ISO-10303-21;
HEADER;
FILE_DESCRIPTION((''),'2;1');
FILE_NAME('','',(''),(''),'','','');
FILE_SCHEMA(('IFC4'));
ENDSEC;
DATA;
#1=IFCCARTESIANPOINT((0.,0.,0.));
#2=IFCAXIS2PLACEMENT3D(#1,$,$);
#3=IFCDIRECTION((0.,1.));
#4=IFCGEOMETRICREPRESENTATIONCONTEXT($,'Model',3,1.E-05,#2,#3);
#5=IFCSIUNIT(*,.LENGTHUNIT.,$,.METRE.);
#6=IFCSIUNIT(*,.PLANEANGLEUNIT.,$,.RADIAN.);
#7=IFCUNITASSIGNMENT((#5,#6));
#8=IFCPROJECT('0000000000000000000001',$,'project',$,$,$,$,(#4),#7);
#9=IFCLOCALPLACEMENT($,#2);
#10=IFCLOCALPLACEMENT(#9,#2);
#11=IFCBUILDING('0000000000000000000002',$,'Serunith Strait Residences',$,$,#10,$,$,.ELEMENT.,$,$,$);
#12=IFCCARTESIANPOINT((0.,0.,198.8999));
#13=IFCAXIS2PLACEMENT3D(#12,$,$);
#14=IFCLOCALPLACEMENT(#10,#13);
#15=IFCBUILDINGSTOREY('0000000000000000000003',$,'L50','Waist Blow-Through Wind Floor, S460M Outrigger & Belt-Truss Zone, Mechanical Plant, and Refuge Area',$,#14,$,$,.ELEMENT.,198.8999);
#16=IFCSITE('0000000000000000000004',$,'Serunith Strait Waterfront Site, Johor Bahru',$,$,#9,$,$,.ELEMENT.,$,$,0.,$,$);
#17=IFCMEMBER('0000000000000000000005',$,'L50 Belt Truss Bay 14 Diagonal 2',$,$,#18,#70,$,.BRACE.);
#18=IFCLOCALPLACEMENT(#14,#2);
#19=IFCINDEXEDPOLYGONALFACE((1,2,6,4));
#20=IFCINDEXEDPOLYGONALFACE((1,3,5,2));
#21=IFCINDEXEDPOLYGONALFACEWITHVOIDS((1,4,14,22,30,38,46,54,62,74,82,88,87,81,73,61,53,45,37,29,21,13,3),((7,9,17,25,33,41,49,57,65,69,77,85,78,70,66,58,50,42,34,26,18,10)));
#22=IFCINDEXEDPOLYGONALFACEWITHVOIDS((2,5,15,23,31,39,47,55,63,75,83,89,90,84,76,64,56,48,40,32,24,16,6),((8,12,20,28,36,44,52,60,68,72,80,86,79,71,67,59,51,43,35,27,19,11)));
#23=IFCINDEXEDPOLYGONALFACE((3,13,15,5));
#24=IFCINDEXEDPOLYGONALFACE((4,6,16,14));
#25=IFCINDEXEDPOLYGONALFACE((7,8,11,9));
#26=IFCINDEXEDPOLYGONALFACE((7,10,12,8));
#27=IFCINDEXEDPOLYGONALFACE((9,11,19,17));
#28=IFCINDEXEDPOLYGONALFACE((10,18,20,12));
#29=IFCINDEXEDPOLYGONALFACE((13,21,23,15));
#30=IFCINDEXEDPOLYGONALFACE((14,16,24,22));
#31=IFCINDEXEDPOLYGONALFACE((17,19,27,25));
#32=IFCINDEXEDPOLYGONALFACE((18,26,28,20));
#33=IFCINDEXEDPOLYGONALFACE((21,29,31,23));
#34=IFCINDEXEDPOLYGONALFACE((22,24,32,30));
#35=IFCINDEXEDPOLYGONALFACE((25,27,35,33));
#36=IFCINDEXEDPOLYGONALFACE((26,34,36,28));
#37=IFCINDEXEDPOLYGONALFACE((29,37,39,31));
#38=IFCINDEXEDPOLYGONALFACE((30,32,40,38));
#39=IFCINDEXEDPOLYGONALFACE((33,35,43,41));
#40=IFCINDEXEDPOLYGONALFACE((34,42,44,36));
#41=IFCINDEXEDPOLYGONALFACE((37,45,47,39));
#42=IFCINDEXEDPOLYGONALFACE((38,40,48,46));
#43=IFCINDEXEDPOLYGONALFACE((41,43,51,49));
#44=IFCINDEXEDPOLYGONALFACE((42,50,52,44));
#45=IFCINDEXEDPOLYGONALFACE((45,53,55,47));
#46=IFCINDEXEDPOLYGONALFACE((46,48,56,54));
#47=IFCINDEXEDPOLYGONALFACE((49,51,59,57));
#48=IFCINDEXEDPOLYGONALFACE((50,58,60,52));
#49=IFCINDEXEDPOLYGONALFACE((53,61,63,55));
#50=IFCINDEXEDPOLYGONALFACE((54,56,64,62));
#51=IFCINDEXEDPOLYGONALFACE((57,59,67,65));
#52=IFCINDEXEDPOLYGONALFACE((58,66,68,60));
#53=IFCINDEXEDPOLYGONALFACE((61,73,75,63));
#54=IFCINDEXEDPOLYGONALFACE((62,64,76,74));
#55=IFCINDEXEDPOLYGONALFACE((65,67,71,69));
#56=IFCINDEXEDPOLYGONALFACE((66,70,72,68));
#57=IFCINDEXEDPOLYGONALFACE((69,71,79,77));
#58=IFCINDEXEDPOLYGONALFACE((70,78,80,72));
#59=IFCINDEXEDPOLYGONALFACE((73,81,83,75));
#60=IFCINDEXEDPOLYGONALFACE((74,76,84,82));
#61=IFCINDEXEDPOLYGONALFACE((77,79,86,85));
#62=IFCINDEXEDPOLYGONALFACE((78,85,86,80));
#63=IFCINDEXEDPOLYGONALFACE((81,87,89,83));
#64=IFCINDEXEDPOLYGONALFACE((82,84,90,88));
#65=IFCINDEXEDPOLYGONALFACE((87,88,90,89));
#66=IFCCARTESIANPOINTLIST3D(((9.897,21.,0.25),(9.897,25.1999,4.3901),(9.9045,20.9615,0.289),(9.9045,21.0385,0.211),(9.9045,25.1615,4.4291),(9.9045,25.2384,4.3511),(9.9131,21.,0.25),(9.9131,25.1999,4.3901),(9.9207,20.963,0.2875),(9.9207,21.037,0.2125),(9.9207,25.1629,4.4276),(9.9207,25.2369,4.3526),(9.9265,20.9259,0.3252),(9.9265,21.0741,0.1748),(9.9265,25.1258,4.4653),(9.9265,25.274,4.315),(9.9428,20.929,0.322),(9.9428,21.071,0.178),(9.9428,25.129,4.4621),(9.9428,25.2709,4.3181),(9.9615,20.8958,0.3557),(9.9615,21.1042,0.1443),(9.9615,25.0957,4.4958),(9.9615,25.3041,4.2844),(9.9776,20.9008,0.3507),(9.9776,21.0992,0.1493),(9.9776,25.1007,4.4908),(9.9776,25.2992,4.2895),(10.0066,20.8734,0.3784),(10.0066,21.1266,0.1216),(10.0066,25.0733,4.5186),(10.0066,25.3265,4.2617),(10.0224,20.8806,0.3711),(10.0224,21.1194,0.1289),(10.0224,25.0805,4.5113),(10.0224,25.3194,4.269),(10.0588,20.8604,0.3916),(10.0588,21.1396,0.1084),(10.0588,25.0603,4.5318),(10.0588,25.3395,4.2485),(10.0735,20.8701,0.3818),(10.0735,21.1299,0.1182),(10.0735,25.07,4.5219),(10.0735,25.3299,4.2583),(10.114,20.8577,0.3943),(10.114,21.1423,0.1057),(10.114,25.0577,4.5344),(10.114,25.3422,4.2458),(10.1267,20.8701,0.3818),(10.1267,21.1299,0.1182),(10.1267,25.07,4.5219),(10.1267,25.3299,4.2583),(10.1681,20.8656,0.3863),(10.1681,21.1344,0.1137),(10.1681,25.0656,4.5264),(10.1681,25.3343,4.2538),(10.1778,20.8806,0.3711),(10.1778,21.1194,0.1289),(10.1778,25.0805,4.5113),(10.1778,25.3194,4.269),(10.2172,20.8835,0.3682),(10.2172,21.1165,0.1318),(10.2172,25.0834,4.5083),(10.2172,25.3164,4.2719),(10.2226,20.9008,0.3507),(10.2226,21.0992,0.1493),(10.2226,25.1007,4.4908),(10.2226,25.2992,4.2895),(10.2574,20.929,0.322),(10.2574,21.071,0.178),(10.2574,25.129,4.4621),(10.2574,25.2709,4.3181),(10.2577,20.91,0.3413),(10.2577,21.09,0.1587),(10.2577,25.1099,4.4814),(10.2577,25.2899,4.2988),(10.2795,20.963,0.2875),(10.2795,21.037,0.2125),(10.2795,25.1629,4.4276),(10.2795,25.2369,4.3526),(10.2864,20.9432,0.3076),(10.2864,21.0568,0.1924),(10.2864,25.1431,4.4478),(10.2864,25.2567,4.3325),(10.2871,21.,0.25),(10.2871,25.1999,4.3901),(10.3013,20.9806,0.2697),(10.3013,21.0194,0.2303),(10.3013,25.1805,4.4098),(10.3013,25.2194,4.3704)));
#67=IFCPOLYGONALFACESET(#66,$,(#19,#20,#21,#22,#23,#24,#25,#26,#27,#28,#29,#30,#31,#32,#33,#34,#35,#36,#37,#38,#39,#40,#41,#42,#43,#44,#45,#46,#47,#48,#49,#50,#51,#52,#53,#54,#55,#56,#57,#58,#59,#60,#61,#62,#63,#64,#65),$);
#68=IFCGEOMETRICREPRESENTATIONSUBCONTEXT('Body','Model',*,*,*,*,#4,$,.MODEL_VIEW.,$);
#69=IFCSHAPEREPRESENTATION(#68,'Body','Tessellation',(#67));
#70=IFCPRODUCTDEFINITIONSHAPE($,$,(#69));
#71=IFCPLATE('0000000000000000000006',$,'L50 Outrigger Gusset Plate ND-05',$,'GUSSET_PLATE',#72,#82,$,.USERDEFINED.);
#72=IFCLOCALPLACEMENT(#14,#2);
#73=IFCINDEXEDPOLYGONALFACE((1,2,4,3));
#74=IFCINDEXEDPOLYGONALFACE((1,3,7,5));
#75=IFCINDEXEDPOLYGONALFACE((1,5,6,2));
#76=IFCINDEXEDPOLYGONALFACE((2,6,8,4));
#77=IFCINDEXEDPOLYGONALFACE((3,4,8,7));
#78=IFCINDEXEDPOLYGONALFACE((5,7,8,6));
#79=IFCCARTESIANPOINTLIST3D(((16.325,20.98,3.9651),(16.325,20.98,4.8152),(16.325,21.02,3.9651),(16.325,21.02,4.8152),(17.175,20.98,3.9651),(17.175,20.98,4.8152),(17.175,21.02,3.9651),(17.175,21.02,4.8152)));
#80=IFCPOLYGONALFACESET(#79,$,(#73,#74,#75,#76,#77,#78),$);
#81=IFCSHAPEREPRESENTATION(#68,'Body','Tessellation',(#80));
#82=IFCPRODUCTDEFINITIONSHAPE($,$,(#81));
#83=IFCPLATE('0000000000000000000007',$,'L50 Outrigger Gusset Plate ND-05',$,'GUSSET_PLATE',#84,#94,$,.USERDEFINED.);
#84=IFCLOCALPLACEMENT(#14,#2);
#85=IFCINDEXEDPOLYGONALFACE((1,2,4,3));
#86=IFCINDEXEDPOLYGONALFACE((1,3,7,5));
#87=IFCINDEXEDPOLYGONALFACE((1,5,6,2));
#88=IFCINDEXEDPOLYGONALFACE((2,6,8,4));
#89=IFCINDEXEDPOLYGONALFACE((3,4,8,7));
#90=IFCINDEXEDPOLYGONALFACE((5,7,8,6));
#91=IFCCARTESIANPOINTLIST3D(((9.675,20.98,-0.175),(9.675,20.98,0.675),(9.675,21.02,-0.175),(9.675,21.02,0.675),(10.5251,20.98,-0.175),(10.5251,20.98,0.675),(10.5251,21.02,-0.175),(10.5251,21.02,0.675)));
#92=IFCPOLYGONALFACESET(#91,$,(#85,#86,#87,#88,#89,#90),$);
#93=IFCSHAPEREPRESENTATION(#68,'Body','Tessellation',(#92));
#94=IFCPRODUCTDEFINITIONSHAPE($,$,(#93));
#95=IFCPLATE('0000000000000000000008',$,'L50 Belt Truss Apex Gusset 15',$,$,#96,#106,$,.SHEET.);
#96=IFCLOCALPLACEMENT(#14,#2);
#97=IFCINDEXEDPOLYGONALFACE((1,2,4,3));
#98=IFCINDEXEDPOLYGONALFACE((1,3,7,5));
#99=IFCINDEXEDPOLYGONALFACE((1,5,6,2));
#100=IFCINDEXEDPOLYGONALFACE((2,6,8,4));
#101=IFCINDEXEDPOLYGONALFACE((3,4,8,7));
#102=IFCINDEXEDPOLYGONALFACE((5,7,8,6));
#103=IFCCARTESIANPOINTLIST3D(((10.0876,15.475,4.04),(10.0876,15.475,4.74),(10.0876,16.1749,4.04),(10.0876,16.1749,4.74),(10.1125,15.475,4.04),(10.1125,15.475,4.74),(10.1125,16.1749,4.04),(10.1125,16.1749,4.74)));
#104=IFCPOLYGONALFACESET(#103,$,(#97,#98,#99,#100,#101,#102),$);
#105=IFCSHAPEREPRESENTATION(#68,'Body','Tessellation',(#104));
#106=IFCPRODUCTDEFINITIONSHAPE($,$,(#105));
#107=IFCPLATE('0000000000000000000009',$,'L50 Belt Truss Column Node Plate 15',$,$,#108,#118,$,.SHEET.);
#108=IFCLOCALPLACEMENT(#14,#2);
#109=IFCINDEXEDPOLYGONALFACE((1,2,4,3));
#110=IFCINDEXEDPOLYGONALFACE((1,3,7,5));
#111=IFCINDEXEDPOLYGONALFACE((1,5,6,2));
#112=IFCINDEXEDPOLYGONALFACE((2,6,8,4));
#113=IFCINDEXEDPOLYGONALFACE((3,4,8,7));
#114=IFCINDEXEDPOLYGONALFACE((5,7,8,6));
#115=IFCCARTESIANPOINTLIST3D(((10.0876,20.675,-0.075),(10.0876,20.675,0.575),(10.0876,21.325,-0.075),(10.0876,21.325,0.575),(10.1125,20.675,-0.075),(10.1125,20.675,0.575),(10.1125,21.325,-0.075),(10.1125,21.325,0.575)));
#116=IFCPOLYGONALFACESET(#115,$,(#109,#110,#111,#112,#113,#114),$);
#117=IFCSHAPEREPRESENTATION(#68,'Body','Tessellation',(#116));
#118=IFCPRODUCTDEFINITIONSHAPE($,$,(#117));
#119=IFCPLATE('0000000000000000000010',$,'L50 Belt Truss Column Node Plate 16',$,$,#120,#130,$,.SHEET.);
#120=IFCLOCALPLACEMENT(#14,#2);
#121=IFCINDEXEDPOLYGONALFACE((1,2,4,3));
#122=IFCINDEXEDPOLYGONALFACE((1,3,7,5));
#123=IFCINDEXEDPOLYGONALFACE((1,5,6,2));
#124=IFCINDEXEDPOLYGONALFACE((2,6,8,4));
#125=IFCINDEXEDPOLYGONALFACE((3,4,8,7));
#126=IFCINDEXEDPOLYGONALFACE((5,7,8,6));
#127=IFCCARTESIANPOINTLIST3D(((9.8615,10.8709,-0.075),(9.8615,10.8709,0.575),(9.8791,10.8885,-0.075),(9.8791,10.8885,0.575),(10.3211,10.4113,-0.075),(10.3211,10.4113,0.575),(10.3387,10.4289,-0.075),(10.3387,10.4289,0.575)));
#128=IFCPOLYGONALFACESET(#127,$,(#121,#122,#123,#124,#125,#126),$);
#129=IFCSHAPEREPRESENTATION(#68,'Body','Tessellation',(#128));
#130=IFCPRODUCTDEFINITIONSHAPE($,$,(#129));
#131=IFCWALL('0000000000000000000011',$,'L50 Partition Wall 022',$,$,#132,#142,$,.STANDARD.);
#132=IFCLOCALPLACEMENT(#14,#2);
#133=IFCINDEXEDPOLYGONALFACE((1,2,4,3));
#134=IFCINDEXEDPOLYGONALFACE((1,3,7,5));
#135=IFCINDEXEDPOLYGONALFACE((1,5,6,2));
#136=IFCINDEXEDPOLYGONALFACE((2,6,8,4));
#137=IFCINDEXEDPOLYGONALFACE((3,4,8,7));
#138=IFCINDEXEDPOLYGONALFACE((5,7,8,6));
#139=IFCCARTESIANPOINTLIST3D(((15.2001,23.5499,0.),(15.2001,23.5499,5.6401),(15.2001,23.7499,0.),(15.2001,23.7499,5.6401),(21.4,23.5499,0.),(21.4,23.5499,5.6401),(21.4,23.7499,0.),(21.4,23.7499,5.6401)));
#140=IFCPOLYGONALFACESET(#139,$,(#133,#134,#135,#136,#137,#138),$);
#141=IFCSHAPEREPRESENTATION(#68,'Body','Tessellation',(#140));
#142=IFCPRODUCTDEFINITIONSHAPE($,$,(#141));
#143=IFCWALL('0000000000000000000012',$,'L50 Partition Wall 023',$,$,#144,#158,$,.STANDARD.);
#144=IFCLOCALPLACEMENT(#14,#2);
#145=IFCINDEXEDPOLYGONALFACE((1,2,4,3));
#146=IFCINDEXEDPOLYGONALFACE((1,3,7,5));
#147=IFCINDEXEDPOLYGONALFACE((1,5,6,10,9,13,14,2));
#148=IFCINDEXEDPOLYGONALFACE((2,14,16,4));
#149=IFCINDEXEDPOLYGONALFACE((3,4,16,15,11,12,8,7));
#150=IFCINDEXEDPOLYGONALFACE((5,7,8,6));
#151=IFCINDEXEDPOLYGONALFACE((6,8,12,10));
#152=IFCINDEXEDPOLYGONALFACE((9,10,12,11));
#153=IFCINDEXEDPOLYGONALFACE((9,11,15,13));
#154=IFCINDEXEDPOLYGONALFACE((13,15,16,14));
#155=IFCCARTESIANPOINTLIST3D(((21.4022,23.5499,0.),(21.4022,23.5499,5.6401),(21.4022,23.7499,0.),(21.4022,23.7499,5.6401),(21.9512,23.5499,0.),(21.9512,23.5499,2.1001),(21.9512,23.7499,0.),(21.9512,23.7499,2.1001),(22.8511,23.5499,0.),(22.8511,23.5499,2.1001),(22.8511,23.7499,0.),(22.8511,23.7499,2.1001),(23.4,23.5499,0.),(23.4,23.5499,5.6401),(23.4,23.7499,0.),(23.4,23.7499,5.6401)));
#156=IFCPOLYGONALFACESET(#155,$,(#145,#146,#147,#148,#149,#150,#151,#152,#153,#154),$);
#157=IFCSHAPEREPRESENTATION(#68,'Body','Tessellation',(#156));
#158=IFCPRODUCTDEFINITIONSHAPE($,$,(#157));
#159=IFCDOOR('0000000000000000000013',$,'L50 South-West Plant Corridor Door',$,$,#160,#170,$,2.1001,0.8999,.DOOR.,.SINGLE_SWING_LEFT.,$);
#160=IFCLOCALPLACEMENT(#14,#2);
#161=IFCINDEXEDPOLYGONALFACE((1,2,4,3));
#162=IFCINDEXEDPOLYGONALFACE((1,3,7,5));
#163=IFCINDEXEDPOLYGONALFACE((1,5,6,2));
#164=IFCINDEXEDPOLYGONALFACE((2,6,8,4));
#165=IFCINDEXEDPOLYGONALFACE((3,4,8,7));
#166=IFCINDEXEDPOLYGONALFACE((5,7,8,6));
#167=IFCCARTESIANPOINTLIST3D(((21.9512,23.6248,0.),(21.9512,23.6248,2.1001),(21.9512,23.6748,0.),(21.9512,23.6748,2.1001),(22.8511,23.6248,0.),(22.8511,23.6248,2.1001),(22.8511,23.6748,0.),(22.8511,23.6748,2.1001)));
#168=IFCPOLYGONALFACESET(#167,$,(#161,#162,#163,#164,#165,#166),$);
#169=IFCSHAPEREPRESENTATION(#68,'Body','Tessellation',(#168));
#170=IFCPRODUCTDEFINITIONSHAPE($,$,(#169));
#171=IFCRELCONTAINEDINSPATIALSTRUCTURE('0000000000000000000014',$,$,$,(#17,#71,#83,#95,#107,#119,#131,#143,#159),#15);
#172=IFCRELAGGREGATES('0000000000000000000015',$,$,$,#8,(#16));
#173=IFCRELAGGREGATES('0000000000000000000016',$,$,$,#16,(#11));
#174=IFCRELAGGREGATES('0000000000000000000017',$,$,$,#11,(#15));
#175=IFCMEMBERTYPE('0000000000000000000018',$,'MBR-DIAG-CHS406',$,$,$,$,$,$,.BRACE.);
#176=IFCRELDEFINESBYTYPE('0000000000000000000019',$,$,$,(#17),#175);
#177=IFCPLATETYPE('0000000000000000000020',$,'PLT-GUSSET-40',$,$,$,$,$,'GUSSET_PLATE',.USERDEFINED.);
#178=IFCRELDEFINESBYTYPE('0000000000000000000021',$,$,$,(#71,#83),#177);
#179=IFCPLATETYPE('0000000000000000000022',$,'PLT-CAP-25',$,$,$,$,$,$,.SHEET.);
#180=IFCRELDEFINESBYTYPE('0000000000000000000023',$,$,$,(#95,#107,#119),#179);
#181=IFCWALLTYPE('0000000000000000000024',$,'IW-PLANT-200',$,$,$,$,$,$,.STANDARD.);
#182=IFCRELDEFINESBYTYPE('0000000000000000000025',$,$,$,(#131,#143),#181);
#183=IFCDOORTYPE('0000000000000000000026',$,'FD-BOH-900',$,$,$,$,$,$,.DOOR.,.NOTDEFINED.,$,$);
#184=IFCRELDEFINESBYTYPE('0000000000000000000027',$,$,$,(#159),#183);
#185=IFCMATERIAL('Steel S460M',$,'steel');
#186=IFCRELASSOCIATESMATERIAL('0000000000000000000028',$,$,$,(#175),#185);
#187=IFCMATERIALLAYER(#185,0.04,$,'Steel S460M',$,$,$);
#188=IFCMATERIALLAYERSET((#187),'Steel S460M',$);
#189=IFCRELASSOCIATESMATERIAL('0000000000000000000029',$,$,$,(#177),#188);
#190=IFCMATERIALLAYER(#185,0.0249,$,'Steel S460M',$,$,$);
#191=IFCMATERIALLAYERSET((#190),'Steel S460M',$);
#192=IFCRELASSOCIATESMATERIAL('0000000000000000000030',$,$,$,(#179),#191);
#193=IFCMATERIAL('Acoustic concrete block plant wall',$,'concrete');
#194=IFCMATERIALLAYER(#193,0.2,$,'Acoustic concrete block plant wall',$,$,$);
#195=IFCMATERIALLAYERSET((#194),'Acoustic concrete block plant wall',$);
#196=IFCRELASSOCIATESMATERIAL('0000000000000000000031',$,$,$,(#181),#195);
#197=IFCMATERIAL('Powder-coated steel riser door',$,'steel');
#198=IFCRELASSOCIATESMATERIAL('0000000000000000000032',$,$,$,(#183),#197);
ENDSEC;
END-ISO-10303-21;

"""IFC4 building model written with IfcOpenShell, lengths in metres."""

from ifc_helpers import new_model, si_unit, direction, frame, frame_2d, origin, origin_2d, place, context, subcontext, project, spatial, rectangle, hollow_circle, extrude, source, transform, mapped, material, layer, layer_set, material_profile, profile_set, type_object, element, fill, save


model = new_model("IFC4")

# Units and contexts
model_context = context("Model", 3, precision=1e-05, world=origin(), true_north=direction((0.0, 1.0)))
body_context = subcontext(model_context, "Body", "Model", "MODEL_VIEW")
ifc_project = project(units=[si_unit("LENGTHUNIT", "METRE"), si_unit("PLANEANGLEUNIT", "RADIAN")], contexts=[model_context])

# Site, building, storey
site_placement = place(None, origin())
site = spatial("IfcSite", under=ifc_project, at=site_placement, Name="Serunith Strait Waterfront Site, Johor Bahru", CompositionType="ELEMENT", RefElevation=0.0)
building_placement = place(site_placement, origin())
building = spatial("IfcBuilding", under=site, at=building_placement, Name="Serunith Strait Residences", CompositionType="ELEMENT")
storey_placement = place(building_placement, frame((0.0, 0.0, 198.8999)))
storey = spatial("IfcBuildingStorey", under=building, at=storey_placement, Name="L50", Description="Waist Blow-Through Wind Floor, S460M Outrigger & Belt-Truss Zone, Mechanical Plant, and Refuge Area", CompositionType="ELEMENT", Elevation=198.8999)

# Member
ifc_material_1 = material(Name="Steel S460M", Category="steel")
ifc_material_profile_1 = material_profile(ifc_material_1, hollow_circle(Radius=0.2031, WallThickness=0.0161, at=origin_2d()), Name="CHS 406.4x16")
ifc_profile_set_1 = profile_set([ifc_material_profile_1], Name="Steel S460M")
member_type_1 = type_object("IfcMemberType", Name="MBR-DIAG-CHS406", PredefinedType="BRACE", material=ifc_profile_set_1)
shared_shape_1 = source(origin(), body_context, "Body", "SweptSolid", [
    extrude(hollow_circle(Radius=0.2031, WallThickness=0.0161, at=origin_2d()), origin(), (0.0, 0.0, 1.0), 5.8975),
])
member_1_placement = place(storey_placement, frame((10.1001, 21.0, 0.25), z_axis=(0.0, 0.71216, 0.702017), x_axis=(-1.0, 0.0, 0.0)))
element("IfcMember", 1, at=member_1_placement, inside=storey, type_object=member_type_1, Name="L50 Belt Truss Bay 14 Diagonal 2", PredefinedType="BRACE", context=body_context, shape_type="MappedRepresentation", body=[
    mapped(shared_shape_1, transform((0.0, 0.0, 0.0), scale=1.0)),
])

# Plates
ifc_layer_1 = layer(ifc_material_1, 0.04, Name="Steel S460M")
ifc_layer_set_1 = layer_set([ifc_layer_1], Name="Steel S460M")
plate_type_1 = type_object("IfcPlateType", Name="PLT-GUSSET-40", ElementType="GUSSET_PLATE", PredefinedType="USERDEFINED", material=ifc_layer_set_1)
shared_shape_2 = source(origin(), body_context, "Body", "SweptSolid", [
    extrude(rectangle(XDim=0.8501, YDim=0.04, at=origin_2d()), origin(), (0.0, 0.0, 1.0), 0.8501),
])
for number, where, z_axis, x_axis, name in (
    (2, (16.75, 21.0, 3.9651), (0.0, 0.0, 1.0), (-1.0, 0.0, 0.0), "L50 Outrigger Gusset Plate ND-05"),
    (3, (10.1001, 21.0, -0.175), (0.0, 0.0, 1.0), (-1.0, 0.0, 0.0), "L50 Outrigger Gusset Plate ND-05"),
):
    element("IfcPlate", number, at=place(storey_placement, frame(where, z_axis=z_axis, x_axis=x_axis)), inside=storey, type_object=plate_type_1, Name=name, ObjectType="GUSSET_PLATE", PredefinedType="USERDEFINED", context=body_context, shape_type="MappedRepresentation", body=[
        mapped(shared_shape_2, transform((0.0, 0.0, 0.0), scale=1.0)),
    ])
ifc_layer_2 = layer(ifc_material_1, 0.0249, Name="Steel S460M")
ifc_layer_set_2 = layer_set([ifc_layer_2], Name="Steel S460M")
plate_type_2 = type_object("IfcPlateType", Name="PLT-CAP-25", PredefinedType="SHEET", material=ifc_layer_set_2)
shared_shape_3 = source(origin(), body_context, "Body", "SweptSolid", [
    extrude(rectangle(XDim=0.7, YDim=0.0249, at=origin_2d()), origin(), (0.0, 0.0, 1.0), 0.7),
])
plate_placement = place(storey_placement, frame((10.1001, 15.825, 4.04), z_axis=(0.0, 0.0, 1.0), x_axis=(0.0, -1.0, 0.0)))
element("IfcPlate", 4, at=plate_placement, inside=storey, type_object=plate_type_2, Name="L50 Belt Truss Apex Gusset 15", PredefinedType="SHEET", context=body_context, shape_type="MappedRepresentation", body=[
    mapped(shared_shape_3, transform((0.0, 0.0, 0.0), scale=1.0)),
])
shared_shape_4 = source(origin(), body_context, "Body", "SweptSolid", [
    extrude(rectangle(XDim=0.6499, YDim=0.0249, at=origin_2d()), origin(), (0.0, 0.0, 1.0), 0.6499),
])
for number, where, z_axis, x_axis, name in (
    (5, (10.1001, 21.0, -0.075), (0.0, 0.0, 1.0), (0.0, -1.0, 0.0), "L50 Belt Truss Column Node Plate 15"),
    (6, (10.1001, 10.6499, -0.075), (0.0, 0.0, 1.0), (0.707107, -0.707107, 0.0), "L50 Belt Truss Column Node Plate 16"),
):
    element("IfcPlate", number, at=place(storey_placement, frame(where, z_axis=z_axis, x_axis=x_axis)), inside=storey, type_object=plate_type_2, Name=name, PredefinedType="SHEET", context=body_context, shape_type="MappedRepresentation", body=[
        mapped(shared_shape_4, transform((0.0, 0.0, 0.0), scale=1.0)),
    ])

# Wall
ifc_material_2 = material(Name="Acoustic concrete block plant wall", Category="concrete")
ifc_layer_3 = layer(ifc_material_2, 0.2, Name="Acoustic concrete block plant wall")
ifc_layer_set_3 = layer_set([ifc_layer_3], Name="Acoustic concrete block plant wall")
wall_type = type_object("IfcWallType", Name="IW-PLANT-200", PredefinedType="STANDARD", material=ifc_layer_set_3)
wall_1_placement = place(storey_placement, frame((15.2, 23.6499, 0.0), z_axis=(0.0, 0.0, 1.0), x_axis=(1.0, 0.0, 0.0)))
element("IfcWall", 7, at=wall_1_placement, inside=storey, type_object=wall_type, Name="L50 Partition Wall 022", PredefinedType="STANDARD", context=body_context, shape_type="SweptSolid", body=[
    extrude(rectangle(XDim=6.2, YDim=0.2, at=frame_2d((3.1001, 0.0))), origin(), (0.0, 0.0, 1.0), 5.6401),
])

# Wall, opening, door
wall_2_placement = place(storey_placement, frame((21.4021, 23.6499, 0.0), z_axis=(0.0, 0.0, 1.0), x_axis=(1.0, 0.0, 0.0)))
wall_2 = element("IfcWall", 8, at=wall_2_placement, inside=storey, type_object=wall_type, Name="L50 Partition Wall 023", PredefinedType="STANDARD", context=body_context, shape_type="SweptSolid", body=[
    extrude(rectangle(XDim=1.9978, YDim=0.2, at=frame_2d((0.999, 0.0))), origin(), (0.0, 0.0, 1.0), 5.6401),
])
opening_1_placement = place(wall_2_placement, frame((0.5491, 0.0, 0.0)))
opening_1 = element("IfcOpeningElement", 9, at=opening_1_placement, cuts=wall_2, PredefinedType="OPENING", context=body_context, shape_type="SweptSolid", body=[
    extrude(rectangle(XDim=0.8999, YDim=2.1001, at=frame_2d((0.45, 1.05))), frame((0.0, 0.1099, 0.0), z_axis=(0.0, -1.0, 0.0), x_axis=(1.0, 0.0, 0.0)), (0.0, 0.0, 1.0), 0.22),
])
ifc_material_3 = material(Name="Powder-coated steel riser door", Category="steel")
door_type_1 = type_object("IfcDoorType", Name="FD-BOH-900", OperationType="NOTDEFINED", PredefinedType="DOOR", material=ifc_material_3)
shared_shape_5 = source(origin(), body_context, "Body", "SweptSolid", [
    extrude(rectangle(XDim=0.8999, YDim=2.1001, at=frame_2d((0.45, 1.05))), frame((0.0, 0.0249, 0.0), z_axis=(0.0, -1.0, 0.0), x_axis=(1.0, 0.0, 0.0)), (0.0, 0.0, 1.0), 0.05),
])
door_1_placement = place(opening_1_placement, origin())
door_1 = element("IfcDoor", 10, at=door_1_placement, inside=storey, type_object=door_type_1, Name="L50 South-West Plant Corridor Door", OperationType="SINGLE_SWING_LEFT", OverallHeight=2.1001, OverallWidth=0.8999, PredefinedType="DOOR", context=body_context, shape_type="MappedRepresentation", body=[
    mapped(shared_shape_5, transform((0.0, 0.0, 0.0), scale=1.0)),
])
fill(opening_1, door_1)

save(model, "model.ifc")
